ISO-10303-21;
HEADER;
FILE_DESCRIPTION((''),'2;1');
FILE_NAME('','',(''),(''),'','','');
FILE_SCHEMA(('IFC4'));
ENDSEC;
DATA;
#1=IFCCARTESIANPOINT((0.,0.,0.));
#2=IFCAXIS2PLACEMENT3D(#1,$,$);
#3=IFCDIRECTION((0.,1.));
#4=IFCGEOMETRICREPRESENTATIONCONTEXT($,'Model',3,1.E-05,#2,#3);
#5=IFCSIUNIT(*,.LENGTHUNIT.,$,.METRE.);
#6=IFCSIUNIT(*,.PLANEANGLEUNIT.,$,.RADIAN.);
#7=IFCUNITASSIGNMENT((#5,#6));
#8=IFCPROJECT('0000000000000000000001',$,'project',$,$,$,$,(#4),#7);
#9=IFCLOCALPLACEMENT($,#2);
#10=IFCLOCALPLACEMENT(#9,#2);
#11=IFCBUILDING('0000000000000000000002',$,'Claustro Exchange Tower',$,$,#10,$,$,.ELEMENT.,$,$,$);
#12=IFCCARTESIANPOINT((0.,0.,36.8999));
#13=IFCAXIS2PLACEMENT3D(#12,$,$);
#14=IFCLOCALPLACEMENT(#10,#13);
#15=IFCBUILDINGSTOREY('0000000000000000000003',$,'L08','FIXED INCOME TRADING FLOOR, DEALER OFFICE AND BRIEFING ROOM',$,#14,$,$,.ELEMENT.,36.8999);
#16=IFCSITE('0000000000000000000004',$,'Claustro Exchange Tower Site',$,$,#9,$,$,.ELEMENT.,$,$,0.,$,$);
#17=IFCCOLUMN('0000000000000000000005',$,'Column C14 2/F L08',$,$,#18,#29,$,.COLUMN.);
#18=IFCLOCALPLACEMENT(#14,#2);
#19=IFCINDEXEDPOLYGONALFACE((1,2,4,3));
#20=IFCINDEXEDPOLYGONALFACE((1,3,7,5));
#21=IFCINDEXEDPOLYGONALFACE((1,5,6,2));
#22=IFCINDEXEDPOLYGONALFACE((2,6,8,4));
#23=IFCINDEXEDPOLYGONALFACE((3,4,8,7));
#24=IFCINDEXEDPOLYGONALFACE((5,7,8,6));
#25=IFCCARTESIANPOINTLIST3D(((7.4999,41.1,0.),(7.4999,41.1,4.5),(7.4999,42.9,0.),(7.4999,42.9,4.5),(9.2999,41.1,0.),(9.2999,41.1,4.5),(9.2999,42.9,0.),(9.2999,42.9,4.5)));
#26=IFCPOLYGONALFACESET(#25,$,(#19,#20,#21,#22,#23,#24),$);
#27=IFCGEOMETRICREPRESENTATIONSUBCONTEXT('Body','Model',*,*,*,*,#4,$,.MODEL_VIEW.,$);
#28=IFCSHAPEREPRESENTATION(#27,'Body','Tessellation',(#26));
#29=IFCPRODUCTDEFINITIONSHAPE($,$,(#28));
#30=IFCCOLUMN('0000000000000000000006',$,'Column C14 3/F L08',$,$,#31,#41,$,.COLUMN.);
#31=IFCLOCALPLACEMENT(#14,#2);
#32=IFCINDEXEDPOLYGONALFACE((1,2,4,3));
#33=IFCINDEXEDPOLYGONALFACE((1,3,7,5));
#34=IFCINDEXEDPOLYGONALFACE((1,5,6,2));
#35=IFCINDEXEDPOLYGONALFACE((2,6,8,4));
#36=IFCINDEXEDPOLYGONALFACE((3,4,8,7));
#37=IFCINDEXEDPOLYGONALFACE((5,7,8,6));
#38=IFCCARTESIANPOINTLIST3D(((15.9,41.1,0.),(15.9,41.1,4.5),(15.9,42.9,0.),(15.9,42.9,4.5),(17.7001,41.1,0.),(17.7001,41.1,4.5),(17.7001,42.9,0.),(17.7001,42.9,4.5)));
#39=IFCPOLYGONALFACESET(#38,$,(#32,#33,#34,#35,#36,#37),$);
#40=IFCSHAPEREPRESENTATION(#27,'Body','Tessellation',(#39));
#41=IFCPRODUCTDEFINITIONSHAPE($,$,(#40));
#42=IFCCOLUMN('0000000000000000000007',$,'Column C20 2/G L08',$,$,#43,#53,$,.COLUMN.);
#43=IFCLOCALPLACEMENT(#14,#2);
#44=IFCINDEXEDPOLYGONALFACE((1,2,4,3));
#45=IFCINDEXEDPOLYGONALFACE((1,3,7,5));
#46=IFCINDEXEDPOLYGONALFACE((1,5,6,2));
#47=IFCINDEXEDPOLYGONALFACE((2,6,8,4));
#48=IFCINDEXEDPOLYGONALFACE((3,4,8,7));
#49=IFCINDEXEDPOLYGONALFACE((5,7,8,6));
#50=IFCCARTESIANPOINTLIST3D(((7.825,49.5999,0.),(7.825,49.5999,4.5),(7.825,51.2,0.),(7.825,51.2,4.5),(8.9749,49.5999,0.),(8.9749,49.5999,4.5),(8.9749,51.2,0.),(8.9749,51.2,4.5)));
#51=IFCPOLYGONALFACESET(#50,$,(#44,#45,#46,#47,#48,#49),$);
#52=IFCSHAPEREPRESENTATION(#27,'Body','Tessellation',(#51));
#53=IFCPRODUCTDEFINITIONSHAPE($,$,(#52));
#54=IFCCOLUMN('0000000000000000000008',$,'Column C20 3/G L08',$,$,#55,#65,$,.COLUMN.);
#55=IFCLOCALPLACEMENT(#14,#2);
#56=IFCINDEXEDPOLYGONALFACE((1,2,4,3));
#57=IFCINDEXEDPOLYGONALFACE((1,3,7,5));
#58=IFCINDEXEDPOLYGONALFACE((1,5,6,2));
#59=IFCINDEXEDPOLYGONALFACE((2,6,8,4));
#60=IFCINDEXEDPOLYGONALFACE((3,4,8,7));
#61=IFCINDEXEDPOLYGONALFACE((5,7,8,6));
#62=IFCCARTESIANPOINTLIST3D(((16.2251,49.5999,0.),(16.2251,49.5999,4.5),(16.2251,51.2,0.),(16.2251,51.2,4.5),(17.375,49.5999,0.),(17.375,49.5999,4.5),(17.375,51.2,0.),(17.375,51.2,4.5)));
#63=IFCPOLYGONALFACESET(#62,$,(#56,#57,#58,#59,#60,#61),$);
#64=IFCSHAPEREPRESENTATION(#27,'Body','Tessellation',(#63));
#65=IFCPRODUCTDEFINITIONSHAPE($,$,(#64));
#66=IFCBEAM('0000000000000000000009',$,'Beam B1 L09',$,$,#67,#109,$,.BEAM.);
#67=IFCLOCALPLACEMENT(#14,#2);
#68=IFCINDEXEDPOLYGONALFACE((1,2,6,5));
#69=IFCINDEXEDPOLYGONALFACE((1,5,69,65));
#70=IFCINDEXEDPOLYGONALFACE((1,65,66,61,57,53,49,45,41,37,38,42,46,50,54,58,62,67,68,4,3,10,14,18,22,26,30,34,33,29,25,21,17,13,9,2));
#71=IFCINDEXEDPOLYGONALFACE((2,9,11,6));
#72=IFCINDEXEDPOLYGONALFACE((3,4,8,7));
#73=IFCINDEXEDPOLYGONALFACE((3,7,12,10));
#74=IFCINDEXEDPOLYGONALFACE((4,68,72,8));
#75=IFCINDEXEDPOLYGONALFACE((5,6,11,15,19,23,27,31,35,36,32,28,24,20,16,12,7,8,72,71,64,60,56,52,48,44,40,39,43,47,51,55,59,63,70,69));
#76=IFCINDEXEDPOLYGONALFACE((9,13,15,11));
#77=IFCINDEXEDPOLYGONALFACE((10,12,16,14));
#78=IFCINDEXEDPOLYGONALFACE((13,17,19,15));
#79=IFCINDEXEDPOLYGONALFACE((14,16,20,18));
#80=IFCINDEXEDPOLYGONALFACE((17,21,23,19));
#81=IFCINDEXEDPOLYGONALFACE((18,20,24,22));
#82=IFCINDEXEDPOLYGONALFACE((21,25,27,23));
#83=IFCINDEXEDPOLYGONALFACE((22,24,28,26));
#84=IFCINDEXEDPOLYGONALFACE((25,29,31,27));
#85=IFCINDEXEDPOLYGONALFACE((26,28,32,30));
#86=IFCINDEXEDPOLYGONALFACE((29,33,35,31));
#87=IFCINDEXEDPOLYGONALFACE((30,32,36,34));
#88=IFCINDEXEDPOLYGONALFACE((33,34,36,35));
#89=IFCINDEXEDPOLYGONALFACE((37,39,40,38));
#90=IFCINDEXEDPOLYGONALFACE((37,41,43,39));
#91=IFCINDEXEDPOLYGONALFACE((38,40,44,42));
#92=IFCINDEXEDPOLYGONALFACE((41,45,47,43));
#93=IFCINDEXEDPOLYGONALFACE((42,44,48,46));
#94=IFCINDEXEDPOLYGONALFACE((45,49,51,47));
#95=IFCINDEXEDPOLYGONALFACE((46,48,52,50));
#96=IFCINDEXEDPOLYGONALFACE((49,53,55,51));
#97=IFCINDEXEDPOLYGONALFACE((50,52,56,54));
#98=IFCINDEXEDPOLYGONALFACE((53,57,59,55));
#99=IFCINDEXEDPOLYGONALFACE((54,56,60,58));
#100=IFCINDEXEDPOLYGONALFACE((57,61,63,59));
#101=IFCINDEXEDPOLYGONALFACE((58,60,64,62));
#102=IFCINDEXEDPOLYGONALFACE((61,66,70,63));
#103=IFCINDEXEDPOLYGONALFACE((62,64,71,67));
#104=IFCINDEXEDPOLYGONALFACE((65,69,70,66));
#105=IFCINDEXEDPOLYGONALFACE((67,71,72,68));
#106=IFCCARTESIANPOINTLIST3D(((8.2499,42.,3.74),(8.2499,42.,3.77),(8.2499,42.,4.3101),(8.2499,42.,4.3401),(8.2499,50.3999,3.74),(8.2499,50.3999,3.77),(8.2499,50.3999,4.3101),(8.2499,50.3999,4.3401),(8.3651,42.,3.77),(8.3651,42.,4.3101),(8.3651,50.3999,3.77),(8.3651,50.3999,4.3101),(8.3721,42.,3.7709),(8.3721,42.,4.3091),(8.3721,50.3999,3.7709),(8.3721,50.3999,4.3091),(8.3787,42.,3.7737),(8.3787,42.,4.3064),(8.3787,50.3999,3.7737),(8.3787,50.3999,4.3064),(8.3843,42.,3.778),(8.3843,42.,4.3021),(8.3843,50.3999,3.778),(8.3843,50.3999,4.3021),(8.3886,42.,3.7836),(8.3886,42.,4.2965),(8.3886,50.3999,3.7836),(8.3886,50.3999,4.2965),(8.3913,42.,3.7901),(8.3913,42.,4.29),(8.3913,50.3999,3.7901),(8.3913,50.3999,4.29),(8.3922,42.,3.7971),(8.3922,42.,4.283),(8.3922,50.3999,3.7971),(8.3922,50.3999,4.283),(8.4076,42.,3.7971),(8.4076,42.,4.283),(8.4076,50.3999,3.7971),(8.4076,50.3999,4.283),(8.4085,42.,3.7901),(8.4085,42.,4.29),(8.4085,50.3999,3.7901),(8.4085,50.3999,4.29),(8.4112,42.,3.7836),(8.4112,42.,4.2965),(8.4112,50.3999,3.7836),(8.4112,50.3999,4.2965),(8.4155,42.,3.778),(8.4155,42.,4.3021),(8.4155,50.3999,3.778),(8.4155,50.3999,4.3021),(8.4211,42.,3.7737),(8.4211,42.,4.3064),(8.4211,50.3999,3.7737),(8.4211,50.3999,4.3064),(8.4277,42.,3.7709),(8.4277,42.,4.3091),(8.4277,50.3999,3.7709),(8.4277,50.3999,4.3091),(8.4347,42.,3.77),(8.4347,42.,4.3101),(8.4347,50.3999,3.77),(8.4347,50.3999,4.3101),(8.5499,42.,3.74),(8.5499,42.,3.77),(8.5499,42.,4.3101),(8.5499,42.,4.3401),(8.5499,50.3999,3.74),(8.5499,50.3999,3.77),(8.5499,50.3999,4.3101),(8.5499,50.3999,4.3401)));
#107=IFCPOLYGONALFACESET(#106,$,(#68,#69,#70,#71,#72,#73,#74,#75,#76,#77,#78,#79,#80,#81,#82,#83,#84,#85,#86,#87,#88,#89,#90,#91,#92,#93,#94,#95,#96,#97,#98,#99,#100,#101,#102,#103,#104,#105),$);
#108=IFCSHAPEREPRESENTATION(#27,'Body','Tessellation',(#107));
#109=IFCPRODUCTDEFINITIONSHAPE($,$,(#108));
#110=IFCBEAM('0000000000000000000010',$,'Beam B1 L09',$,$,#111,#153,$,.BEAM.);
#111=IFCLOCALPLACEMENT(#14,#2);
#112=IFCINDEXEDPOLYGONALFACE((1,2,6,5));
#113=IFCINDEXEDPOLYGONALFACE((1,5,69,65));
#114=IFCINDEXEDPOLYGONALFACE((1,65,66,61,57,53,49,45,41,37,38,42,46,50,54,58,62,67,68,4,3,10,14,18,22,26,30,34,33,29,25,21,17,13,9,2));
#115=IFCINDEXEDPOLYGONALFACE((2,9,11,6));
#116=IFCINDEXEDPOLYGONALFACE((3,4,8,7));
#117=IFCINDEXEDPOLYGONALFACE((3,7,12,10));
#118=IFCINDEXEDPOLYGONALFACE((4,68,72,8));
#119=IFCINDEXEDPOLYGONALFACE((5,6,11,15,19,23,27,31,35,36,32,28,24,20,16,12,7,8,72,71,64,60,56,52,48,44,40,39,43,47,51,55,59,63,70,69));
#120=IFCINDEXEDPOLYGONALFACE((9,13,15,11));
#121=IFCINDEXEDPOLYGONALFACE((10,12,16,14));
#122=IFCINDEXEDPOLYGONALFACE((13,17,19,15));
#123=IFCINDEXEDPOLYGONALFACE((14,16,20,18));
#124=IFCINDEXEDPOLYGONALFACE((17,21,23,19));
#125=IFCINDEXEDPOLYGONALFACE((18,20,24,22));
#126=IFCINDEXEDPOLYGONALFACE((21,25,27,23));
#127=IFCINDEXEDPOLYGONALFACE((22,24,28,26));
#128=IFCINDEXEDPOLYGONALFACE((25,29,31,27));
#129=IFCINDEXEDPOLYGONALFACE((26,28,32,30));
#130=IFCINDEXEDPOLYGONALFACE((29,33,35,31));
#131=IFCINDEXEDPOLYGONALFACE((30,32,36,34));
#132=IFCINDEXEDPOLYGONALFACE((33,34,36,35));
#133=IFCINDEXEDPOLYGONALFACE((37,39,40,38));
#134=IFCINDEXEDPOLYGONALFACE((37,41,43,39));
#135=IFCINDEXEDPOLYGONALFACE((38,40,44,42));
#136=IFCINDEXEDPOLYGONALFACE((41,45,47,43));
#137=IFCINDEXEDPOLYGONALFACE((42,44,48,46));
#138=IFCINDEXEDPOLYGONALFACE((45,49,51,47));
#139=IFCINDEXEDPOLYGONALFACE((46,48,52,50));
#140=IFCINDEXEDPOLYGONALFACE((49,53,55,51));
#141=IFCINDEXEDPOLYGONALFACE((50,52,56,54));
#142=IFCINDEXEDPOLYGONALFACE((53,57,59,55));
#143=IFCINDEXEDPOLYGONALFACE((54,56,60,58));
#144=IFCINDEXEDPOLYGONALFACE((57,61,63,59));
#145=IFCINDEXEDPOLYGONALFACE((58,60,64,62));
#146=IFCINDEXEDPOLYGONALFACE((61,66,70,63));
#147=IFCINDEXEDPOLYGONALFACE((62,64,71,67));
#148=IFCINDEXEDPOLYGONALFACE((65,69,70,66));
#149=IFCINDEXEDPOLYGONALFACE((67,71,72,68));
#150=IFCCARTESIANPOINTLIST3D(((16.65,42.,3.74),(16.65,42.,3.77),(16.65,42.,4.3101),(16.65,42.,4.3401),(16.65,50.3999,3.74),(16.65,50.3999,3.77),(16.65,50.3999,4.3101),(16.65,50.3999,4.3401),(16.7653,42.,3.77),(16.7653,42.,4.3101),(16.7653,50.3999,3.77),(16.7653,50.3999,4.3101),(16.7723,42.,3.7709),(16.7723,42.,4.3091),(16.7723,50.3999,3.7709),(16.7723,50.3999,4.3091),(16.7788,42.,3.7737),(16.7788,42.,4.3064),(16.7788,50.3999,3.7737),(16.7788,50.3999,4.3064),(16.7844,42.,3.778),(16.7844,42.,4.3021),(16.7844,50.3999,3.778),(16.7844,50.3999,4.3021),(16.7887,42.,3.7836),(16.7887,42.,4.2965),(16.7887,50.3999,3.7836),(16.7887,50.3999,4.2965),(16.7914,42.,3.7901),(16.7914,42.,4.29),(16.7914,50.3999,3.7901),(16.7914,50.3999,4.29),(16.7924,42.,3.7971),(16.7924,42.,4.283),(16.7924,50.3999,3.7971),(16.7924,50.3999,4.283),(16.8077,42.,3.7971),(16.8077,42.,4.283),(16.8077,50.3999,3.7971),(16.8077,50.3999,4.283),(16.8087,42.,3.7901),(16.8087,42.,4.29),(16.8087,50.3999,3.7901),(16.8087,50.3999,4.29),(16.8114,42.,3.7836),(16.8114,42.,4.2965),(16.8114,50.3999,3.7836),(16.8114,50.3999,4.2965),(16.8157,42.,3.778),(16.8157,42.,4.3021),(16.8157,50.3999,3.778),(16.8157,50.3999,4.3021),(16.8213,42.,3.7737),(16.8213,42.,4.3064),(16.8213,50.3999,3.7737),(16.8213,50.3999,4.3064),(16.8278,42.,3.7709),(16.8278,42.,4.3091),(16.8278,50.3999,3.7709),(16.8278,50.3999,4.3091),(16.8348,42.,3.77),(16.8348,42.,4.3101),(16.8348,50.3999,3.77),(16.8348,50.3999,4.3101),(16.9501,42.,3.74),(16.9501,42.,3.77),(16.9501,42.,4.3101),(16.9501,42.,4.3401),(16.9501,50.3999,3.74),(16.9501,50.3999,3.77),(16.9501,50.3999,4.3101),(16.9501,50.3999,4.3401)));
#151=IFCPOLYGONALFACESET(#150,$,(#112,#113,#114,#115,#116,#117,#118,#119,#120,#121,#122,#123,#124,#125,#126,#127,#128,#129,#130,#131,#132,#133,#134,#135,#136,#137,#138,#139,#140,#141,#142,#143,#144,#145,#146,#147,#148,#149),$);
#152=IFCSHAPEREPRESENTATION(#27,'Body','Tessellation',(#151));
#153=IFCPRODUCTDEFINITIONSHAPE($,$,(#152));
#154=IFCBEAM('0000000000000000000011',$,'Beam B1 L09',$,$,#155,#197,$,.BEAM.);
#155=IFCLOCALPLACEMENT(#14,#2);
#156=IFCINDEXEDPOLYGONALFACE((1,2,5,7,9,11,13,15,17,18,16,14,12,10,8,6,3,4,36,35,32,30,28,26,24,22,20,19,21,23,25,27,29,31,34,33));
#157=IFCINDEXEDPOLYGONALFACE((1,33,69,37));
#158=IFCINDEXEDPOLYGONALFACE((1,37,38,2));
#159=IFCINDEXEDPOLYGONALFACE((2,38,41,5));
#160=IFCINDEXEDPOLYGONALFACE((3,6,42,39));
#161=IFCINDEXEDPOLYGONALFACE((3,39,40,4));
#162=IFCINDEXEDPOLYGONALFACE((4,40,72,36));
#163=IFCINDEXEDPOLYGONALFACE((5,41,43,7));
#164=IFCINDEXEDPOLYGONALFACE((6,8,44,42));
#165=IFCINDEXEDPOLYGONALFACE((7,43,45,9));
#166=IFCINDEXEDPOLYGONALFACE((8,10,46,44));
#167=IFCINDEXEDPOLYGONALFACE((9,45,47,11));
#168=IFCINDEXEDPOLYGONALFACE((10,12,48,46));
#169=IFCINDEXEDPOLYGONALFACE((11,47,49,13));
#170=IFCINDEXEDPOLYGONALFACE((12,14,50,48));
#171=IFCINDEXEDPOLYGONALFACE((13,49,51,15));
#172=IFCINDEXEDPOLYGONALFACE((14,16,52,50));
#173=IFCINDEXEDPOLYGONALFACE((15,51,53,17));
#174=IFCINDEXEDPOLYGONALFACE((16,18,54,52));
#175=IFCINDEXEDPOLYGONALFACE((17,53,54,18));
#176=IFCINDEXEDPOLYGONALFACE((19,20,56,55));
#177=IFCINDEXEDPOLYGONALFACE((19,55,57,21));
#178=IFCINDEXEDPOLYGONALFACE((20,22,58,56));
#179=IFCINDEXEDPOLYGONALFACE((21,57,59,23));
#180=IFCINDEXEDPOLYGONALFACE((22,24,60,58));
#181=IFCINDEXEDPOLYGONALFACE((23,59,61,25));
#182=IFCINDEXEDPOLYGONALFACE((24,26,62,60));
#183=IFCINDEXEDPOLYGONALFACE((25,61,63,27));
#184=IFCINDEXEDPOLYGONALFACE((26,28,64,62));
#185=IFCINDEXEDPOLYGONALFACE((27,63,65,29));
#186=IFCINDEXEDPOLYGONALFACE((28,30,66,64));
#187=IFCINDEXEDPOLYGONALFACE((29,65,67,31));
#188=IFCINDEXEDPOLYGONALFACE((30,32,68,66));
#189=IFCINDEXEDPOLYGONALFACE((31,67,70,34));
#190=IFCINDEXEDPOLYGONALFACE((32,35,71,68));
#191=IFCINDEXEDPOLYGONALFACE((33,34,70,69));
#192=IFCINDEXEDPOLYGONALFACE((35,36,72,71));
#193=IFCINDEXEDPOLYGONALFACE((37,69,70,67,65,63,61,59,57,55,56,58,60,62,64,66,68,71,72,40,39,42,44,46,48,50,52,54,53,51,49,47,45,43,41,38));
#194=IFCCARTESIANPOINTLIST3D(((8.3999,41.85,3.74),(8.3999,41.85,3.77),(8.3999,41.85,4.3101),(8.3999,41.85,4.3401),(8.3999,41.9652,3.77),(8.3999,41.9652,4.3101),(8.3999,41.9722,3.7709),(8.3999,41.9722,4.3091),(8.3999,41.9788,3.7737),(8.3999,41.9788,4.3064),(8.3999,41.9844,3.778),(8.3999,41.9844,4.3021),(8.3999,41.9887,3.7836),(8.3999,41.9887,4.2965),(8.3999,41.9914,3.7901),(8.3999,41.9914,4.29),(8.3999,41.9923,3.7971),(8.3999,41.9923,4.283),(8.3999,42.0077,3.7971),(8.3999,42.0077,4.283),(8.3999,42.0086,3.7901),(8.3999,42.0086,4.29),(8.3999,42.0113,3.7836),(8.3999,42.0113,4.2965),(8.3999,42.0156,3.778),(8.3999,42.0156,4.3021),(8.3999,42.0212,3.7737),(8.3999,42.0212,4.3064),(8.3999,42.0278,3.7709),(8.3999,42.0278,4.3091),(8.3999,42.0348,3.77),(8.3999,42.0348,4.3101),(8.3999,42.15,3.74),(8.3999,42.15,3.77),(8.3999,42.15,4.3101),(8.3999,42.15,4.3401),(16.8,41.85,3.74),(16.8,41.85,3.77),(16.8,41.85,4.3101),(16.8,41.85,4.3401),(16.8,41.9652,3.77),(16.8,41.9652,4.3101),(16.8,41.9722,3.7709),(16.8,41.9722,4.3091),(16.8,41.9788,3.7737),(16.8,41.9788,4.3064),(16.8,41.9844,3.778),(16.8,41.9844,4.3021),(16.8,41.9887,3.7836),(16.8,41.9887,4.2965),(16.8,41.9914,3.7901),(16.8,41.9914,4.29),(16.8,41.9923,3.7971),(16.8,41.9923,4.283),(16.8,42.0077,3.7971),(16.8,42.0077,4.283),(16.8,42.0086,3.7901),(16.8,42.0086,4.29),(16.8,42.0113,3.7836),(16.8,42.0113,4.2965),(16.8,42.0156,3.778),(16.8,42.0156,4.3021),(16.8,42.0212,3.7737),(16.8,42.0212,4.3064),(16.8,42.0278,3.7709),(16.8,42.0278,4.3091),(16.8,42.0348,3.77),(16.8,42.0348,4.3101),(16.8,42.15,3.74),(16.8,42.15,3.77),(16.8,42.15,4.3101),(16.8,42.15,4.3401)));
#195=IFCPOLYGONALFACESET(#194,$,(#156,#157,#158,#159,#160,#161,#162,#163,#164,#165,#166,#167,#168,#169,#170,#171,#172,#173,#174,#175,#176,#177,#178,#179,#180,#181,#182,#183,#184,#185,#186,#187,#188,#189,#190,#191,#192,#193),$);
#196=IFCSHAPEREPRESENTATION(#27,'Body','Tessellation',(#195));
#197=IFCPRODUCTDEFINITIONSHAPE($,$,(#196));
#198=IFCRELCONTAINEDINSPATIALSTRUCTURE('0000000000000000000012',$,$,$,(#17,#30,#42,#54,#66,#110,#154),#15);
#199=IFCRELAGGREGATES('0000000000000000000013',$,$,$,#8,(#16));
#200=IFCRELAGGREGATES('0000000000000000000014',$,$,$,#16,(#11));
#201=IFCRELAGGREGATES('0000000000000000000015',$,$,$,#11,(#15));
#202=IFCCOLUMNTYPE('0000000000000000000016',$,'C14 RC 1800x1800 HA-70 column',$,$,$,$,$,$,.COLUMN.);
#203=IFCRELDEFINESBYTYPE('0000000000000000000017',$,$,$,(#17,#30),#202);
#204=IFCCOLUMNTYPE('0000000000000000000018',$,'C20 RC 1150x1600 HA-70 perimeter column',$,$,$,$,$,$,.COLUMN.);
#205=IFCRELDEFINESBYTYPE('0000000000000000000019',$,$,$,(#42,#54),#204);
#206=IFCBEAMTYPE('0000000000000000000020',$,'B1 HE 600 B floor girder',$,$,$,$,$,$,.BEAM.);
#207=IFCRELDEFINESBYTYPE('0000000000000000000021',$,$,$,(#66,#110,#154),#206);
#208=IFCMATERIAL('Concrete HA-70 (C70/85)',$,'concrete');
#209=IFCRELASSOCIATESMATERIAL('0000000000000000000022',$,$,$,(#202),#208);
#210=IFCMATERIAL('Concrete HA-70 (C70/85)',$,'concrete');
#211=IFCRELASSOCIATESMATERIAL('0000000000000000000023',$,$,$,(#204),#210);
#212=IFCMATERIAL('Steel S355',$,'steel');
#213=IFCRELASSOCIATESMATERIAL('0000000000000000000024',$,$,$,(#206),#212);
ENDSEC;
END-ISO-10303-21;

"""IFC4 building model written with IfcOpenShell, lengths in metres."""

from ifc_helpers import new_model, si_unit, direction, frame, origin, origin_2d, place, context, subcontext, project, spatial, rectangle, i_section, extrude, material, material_profile, profile_set, type_object, element, save


model = new_model("IFC4")

# Units and contexts
model_context = context("Model", 3, precision=1e-05, world=origin(), true_north=direction((0.0, 1.0)))
body_context = subcontext(model_context, "Body", "Model", "MODEL_VIEW")
ifc_project = project(units=[si_unit("LENGTHUNIT", "METRE"), si_unit("PLANEANGLEUNIT", "RADIAN")], contexts=[model_context])

# Site, building, storey
site_placement = place(None, origin())
site = spatial("IfcSite", under=ifc_project, at=site_placement, Name="Claustro Exchange Tower Site", CompositionType="ELEMENT", RefElevation=0.0)
building_placement = place(site_placement, origin())
building = spatial("IfcBuilding", under=site, at=building_placement, Name="Claustro Exchange Tower", CompositionType="ELEMENT")
storey_placement = place(building_placement, frame((0.0, 0.0, 36.8999)))
storey = spatial("IfcBuildingStorey", under=building, at=storey_placement, Name="L08", Description="FIXED INCOME TRADING FLOOR, DEALER OFFICE AND BRIEFING ROOM", CompositionType="ELEMENT", Elevation=36.8999)

# Columns
ifc_material_1 = material(Name="Concrete HA-70 (C70/85)", Category="concrete")
ifc_material_profile_1 = material_profile(ifc_material_1, rectangle(XDim=1.8, YDim=1.8, at=origin_2d()), Name="RC 1800x1800")
ifc_profile_set_1 = profile_set([ifc_material_profile_1], Name="Concrete HA-70 (C70/85)")
column_type_1 = type_object("IfcColumnType", Name="C14 RC 1800x1800 HA-70 column", PredefinedType="COLUMN", material=ifc_profile_set_1)
for number, where, z_axis, x_axis, name in (
    (1, (8.3999, 42.0, 0.0), (0.0, 0.0, 1.0), (1.0, 0.0, 0.0), "Column C14 2/F L08"),
    (2, (16.8, 42.0, 0.0), (0.0, 0.0, 1.0), (1.0, 0.0, 0.0), "Column C14 3/F L08"),
):
    element("IfcColumn", number, at=place(storey_placement, frame(where, z_axis=z_axis, x_axis=x_axis)), inside=storey, type_object=column_type_1, Name=name, PredefinedType="COLUMN", context=body_context, shape_type="SweptSolid", body=[
        extrude(rectangle(XDim=1.8, YDim=1.8, at=origin_2d()), origin(), (0.0, 0.0, 1.0), 4.5),
    ])
ifc_material_2 = material(Name="Concrete HA-70 (C70/85)", Category="concrete")
ifc_material_profile_2 = material_profile(ifc_material_2, rectangle(XDim=1.1499, YDim=1.6001, at=origin_2d()), Name="RC 1150x1600")
ifc_profile_set_2 = profile_set([ifc_material_profile_2], Name="Concrete HA-70 (C70/85)")
column_type_2 = type_object("IfcColumnType", Name="C20 RC 1150x1600 HA-70 perimeter column", PredefinedType="COLUMN", material=ifc_profile_set_2)
for number, where, z_axis, x_axis, name in (
    (3, (8.3999, 50.3999, 0.0), (0.0, 0.0, 1.0), (1.0, 0.0, 0.0), "Column C20 2/G L08"),
    (4, (16.8, 50.3999, 0.0), (0.0, 0.0, 1.0), (1.0, 0.0, 0.0), "Column C20 3/G L08"),
):
    element("IfcColumn", number, at=place(storey_placement, frame(where, z_axis=z_axis, x_axis=x_axis)), inside=storey, type_object=column_type_2, Name=name, PredefinedType="COLUMN", context=body_context, shape_type="SweptSolid", body=[
        extrude(rectangle(XDim=1.1499, YDim=1.6001, at=origin_2d()), origin(), (0.0, 0.0, 1.0), 4.5),
    ])

# Beams
ifc_material_3 = material(Name="Steel S355", Category="steel")
ifc_material_profile_3 = material_profile(ifc_material_3, i_section(OverallWidth=0.3, OverallDepth=0.6001, WebThickness=0.0154, FlangeThickness=0.03, FilletRadius=0.0271, at=origin_2d()), Name="HE 600 B")
ifc_profile_set_3 = profile_set([ifc_material_profile_3], Name="Steel S355")
beam_type_1 = type_object("IfcBeamType", Name="B1 HE 600 B floor girder", PredefinedType="BEAM", material=ifc_profile_set_3)
for number, where, z_axis, x_axis, name in (
    (5, (8.3999, 42.0, 4.04), (0.0, 1.0, 0.0), (-1.0, 0.0, 0.0), "Beam B1 L09"),
    (6, (16.8, 42.0, 4.04), (0.0, 1.0, 0.0), (-1.0, 0.0, 0.0), "Beam B1 L09"),
):
    element("IfcBeam", number, at=place(storey_placement, frame(where, z_axis=z_axis, x_axis=x_axis)), inside=storey, type_object=beam_type_1, Name=name, PredefinedType="BEAM", context=body_context, shape_type="SweptSolid", body=[
        extrude(i_section(OverallWidth=0.3, OverallDepth=0.6001, WebThickness=0.0154, FlangeThickness=0.03, FilletRadius=0.0271, at=origin_2d()), origin(), (0.0, 0.0, 1.0), 8.3999),
    ])
beam_1_placement = place(storey_placement, frame((8.3999, 42.0, 4.04), z_axis=(1.0, 0.0, 0.0), x_axis=(0.0, 1.0, 0.0)))
element("IfcBeam", 7, at=beam_1_placement, inside=storey, type_object=beam_type_1, Name="Beam B1 L09", PredefinedType="BEAM", context=body_context, shape_type="SweptSolid", body=[
    extrude(i_section(OverallWidth=0.3, OverallDepth=0.6001, WebThickness=0.0154, FlangeThickness=0.03, FilletRadius=0.0271, at=origin_2d()), origin(), (0.0, 0.0, 1.0), 8.4001),
])

save(model, "model.ifc")
